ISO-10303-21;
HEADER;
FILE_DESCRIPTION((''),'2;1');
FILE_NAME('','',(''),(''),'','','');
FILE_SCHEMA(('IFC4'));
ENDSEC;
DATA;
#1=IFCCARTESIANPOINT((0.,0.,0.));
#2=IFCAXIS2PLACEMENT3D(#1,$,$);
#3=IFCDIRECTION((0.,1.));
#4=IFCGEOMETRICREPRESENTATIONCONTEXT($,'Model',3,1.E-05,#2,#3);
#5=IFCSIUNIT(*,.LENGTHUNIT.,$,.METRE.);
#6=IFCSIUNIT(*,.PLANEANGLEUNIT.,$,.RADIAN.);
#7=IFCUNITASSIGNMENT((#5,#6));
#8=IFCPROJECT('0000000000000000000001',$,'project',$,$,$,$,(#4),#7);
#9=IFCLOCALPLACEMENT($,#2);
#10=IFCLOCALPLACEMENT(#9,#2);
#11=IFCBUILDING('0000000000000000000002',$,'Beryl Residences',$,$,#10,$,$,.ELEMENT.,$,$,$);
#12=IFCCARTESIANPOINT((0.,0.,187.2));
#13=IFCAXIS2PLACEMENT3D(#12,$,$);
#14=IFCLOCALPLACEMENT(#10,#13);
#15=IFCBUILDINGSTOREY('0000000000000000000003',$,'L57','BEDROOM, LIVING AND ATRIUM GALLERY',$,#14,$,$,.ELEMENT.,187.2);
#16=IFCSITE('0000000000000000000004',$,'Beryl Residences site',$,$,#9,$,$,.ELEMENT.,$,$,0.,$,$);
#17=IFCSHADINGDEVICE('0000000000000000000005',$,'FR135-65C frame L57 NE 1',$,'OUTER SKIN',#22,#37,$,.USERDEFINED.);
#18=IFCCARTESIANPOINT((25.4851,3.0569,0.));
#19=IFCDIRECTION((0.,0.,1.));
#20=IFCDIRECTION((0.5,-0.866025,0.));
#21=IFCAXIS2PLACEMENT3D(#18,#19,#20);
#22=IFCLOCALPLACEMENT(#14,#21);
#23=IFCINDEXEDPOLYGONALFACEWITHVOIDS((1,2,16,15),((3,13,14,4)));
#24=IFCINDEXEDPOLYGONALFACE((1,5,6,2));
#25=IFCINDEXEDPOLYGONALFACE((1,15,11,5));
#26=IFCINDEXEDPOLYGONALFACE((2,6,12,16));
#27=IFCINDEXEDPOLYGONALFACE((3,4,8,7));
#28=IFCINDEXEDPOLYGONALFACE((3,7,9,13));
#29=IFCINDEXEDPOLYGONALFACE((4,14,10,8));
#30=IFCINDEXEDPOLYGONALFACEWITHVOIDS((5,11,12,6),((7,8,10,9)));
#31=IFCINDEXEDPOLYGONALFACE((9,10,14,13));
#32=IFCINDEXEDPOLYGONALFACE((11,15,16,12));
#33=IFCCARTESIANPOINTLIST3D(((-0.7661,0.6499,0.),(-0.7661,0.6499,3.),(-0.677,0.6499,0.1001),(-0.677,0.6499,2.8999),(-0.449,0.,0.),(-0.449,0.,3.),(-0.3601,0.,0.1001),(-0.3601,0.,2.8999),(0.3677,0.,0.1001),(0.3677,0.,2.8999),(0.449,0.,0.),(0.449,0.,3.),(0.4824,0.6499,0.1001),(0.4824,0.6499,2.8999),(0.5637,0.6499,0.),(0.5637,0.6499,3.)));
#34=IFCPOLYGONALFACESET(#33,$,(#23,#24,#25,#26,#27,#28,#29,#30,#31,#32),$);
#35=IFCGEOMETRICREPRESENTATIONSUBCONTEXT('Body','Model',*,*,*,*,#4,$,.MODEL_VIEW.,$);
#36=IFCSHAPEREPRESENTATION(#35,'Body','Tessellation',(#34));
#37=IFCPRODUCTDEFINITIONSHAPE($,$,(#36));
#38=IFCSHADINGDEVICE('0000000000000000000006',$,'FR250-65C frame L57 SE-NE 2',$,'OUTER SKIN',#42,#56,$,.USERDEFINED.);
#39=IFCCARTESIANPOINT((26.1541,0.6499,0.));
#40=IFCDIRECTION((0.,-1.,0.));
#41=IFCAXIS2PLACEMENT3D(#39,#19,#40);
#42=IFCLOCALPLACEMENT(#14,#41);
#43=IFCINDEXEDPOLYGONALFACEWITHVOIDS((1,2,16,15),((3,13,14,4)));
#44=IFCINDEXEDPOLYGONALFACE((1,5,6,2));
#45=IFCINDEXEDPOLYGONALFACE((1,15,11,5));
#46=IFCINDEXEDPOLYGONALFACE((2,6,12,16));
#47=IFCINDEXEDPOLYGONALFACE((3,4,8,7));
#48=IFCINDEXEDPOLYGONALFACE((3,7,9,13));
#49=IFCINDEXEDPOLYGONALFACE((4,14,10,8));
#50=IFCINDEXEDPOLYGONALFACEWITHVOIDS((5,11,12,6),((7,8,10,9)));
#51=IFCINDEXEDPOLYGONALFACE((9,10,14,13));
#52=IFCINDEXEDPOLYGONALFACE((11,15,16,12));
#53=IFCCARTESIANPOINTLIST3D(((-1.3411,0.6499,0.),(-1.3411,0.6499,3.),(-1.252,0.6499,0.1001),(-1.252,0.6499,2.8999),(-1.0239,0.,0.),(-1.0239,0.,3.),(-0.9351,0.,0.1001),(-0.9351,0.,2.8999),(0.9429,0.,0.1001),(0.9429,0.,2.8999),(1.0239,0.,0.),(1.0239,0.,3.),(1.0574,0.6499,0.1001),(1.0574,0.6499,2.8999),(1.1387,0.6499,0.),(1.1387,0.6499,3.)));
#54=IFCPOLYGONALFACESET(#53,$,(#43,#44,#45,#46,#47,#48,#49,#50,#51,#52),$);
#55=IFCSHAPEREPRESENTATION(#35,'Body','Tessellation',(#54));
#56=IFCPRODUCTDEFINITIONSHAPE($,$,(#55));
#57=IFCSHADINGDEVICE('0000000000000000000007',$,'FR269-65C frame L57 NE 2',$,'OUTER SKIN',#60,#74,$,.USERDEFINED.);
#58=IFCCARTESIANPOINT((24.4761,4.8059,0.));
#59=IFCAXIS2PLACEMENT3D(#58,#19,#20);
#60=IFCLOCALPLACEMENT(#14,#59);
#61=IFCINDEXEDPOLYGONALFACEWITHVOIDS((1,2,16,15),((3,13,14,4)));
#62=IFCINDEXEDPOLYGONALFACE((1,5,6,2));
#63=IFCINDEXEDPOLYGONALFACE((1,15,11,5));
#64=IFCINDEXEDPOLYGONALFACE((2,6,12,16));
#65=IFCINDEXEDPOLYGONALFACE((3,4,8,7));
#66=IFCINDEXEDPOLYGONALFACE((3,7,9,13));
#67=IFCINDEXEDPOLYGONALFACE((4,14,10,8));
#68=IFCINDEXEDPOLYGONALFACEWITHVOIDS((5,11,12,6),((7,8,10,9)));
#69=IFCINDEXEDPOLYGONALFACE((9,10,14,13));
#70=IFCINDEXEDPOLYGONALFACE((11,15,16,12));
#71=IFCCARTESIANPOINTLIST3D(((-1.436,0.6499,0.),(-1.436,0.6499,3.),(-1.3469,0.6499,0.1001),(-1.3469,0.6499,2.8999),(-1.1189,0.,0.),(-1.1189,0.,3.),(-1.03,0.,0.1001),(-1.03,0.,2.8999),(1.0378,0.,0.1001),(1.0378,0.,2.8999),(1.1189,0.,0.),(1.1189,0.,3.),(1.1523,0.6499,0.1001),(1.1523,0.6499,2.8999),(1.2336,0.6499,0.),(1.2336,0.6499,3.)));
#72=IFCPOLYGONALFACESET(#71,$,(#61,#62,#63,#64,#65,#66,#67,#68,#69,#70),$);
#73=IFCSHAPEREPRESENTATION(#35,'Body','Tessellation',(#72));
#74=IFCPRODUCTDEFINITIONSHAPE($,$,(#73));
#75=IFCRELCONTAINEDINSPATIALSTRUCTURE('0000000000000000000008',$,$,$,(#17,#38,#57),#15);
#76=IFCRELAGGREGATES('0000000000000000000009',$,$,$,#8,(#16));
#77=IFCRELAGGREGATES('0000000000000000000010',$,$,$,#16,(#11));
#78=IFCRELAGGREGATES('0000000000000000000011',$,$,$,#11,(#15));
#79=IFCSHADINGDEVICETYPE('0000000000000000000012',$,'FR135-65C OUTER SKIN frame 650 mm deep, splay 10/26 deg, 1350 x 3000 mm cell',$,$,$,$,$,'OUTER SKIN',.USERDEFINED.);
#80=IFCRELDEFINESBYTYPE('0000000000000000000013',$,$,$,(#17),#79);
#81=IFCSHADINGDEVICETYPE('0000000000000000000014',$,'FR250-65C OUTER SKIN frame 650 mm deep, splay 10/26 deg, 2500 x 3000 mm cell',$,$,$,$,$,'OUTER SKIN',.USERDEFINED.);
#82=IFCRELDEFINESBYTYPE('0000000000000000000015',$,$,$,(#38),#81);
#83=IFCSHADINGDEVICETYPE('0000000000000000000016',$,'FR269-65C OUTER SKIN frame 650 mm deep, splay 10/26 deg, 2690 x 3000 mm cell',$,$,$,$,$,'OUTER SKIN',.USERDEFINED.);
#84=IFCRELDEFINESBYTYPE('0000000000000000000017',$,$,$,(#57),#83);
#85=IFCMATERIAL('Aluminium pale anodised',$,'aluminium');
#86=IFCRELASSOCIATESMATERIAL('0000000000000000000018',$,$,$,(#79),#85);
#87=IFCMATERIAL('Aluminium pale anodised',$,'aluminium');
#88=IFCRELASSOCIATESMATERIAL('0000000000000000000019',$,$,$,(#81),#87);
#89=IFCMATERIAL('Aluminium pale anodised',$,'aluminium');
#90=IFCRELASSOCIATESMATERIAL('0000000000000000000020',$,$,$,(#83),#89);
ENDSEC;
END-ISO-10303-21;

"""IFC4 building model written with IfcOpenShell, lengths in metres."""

from ifc_helpers import new_model, entity, si_unit, direction, frame, origin, place, context, subcontext, project, spatial, source, transform, mapped, material, type_object, type_shapes, element, save


model = new_model("IFC4")

# Units and contexts
model_context = context("Model", 3, precision=1e-05, world=origin(), true_north=direction((0.0, 1.0)))
body_context = subcontext(model_context, "Body", "Model", "MODEL_VIEW")
ifc_project = project(units=[si_unit("LENGTHUNIT", "METRE"), si_unit("PLANEANGLEUNIT", "RADIAN")], contexts=[model_context])

# Site, building, storey
site_placement = place(None, origin())
site = spatial("IfcSite", under=ifc_project, at=site_placement, Name="Beryl Residences site", CompositionType="ELEMENT", RefElevation=0.0)
building_placement = place(site_placement, origin())
building = spatial("IfcBuilding", under=site, at=building_placement, Name="Beryl Residences", CompositionType="ELEMENT")
storey_placement = place(building_placement, frame((0.0, 0.0, 187.2)))
storey = spatial("IfcBuildingStorey", under=building, at=storey_placement, Name="L57", Description="BEDROOM, LIVING AND ATRIUM GALLERY", CompositionType="ELEMENT", Elevation=187.2)

# Shading devices
ifc_material_1 = material(Name="Aluminium pale anodised", Category="aluminium")
shading_device_type_1 = type_object("IfcShadingDeviceType", Name="FR135-65C OUTER SKIN frame 650 mm deep, splay 10/26 deg, 1350 x 3000 mm cell", ElementType="OUTER SKIN", PredefinedType="USERDEFINED", material=ifc_material_1)
cartesian_point_1 = entity("IfcCartesianPoint", [-0.449, 0.0])
cartesian_point_2 = entity("IfcCartesianPoint", [-0.3677, 0.1001])
cartesian_point_3 = entity("IfcCartesianPoint", [-0.5637, 0.0])
cartesian_point_4 = entity("IfcCartesianPoint", [-0.4824, 0.1001])
shared_shape_1 = source(origin(), body_context, "Body", "SweptSolid", [
    entity("IfcExtrudedAreaSolidTapered", entity("IfcArbitraryProfileDefWithVoids", "AREA", None, entity("IfcPolyline", [cartesian_point_1, entity("IfcCartesianPoint", [0.449, 0.0]), entity("IfcCartesianPoint", [0.449, 3.0]), entity("IfcCartesianPoint", [-0.449, 3.0]), cartesian_point_1]), [entity("IfcPolyline", [cartesian_point_2, entity("IfcCartesianPoint", [0.3601, 0.1001]), entity("IfcCartesianPoint", [0.3601, 2.8999]), entity("IfcCartesianPoint", [-0.3677, 2.8999]), cartesian_point_2])]), entity("IfcAxis2Placement3D", entity("IfcCartesianPoint", [0.0, 0.0, 0.0]), entity("IfcDirection", [0.0, 1.0, 0.0]), entity("IfcDirection", [-1.0, 0.0, 0.0])), entity("IfcDirection", [0.0, 0.0, 1.0]), 0.6499, entity("IfcArbitraryProfileDefWithVoids", "AREA", None, entity("IfcPolyline", [cartesian_point_3, entity("IfcCartesianPoint", [0.7661, 0.0]), entity("IfcCartesianPoint", [0.7661, 3.0]), entity("IfcCartesianPoint", [-0.5637, 3.0]), cartesian_point_3]), [entity("IfcPolyline", [cartesian_point_4, entity("IfcCartesianPoint", [0.677, 0.1001]), entity("IfcCartesianPoint", [0.677, 2.8999]), entity("IfcCartesianPoint", [-0.4824, 2.8999]), cartesian_point_4])])),
])
type_shapes(shading_device_type_1, [shared_shape_1])
shading_device_1_placement = place(storey_placement, frame((25.4851, 3.0569, 0.0), z_axis=(0.0, 0.0, 1.0), x_axis=(0.5, -0.866025, 0.0)))
element("IfcShadingDevice", 1, at=shading_device_1_placement, inside=storey, type_object=shading_device_type_1, Name="FR135-65C frame L57 NE 1", ObjectType="OUTER SKIN", PredefinedType="USERDEFINED", context=body_context, shape_type="MappedRepresentation", body=[
    mapped(shared_shape_1, transform((0.0, 0.0, 0.0))),
])
ifc_material_2 = material(Name="Aluminium pale anodised", Category="aluminium")
shading_device_type_2 = type_object("IfcShadingDeviceType", Name="FR250-65C OUTER SKIN frame 650 mm deep, splay 10/26 deg, 2500 x 3000 mm cell", ElementType="OUTER SKIN", PredefinedType="USERDEFINED", material=ifc_material_2)
cartesian_point_5 = entity("IfcCartesianPoint", [-1.0239, 0.0])
cartesian_point_6 = entity("IfcCartesianPoint", [-0.9429, 0.1001])
cartesian_point_7 = entity("IfcCartesianPoint", [-1.1387, 0.0])
cartesian_point_8 = entity("IfcCartesianPoint", [-1.0574, 0.1001])
shared_shape_2 = source(origin(), body_context, "Body", "SweptSolid", [
    entity("IfcExtrudedAreaSolidTapered", entity("IfcArbitraryProfileDefWithVoids", "AREA", None, entity("IfcPolyline", [cartesian_point_5, entity("IfcCartesianPoint", [1.0239, 0.0]), entity("IfcCartesianPoint", [1.0239, 3.0]), entity("IfcCartesianPoint", [-1.0239, 3.0]), cartesian_point_5]), [entity("IfcPolyline", [cartesian_point_6, entity("IfcCartesianPoint", [0.9351, 0.1001]), entity("IfcCartesianPoint", [0.9351, 2.8999]), entity("IfcCartesianPoint", [-0.9429, 2.8999]), cartesian_point_6])]), entity("IfcAxis2Placement3D", entity("IfcCartesianPoint", [0.0, 0.0, 0.0]), entity("IfcDirection", [0.0, 1.0, 0.0]), entity("IfcDirection", [-1.0, 0.0, 0.0])), entity("IfcDirection", [0.0, 0.0, 1.0]), 0.6499, entity("IfcArbitraryProfileDefWithVoids", "AREA", None, entity("IfcPolyline", [cartesian_point_7, entity("IfcCartesianPoint", [1.3411, 0.0]), entity("IfcCartesianPoint", [1.3411, 3.0]), entity("IfcCartesianPoint", [-1.1387, 3.0]), cartesian_point_7]), [entity("IfcPolyline", [cartesian_point_8, entity("IfcCartesianPoint", [1.252, 0.1001]), entity("IfcCartesianPoint", [1.252, 2.8999]), entity("IfcCartesianPoint", [-1.0574, 2.8999]), cartesian_point_8])])),
])
type_shapes(shading_device_type_2, [shared_shape_2])
shading_device_2_placement = place(storey_placement, frame((26.1541, 0.6499, 0.0), z_axis=(0.0, 0.0, 1.0), x_axis=(0.0, -1.0, 0.0)))
element("IfcShadingDevice", 2, at=shading_device_2_placement, inside=storey, type_object=shading_device_type_2, Name="FR250-65C frame L57 SE-NE 2", ObjectType="OUTER SKIN", PredefinedType="USERDEFINED", context=body_context, shape_type="MappedRepresentation", body=[
    mapped(shared_shape_2, transform((0.0, 0.0, 0.0))),
])
ifc_material_3 = material(Name="Aluminium pale anodised", Category="aluminium")
shading_device_type_3 = type_object("IfcShadingDeviceType", Name="FR269-65C OUTER SKIN frame 650 mm deep, splay 10/26 deg, 2690 x 3000 mm cell", ElementType="OUTER SKIN", PredefinedType="USERDEFINED", material=ifc_material_3)
cartesian_point_9 = entity("IfcCartesianPoint", [-1.1189, 0.0])
cartesian_point_10 = entity("IfcCartesianPoint", [-1.0378, 0.1001])
cartesian_point_11 = entity("IfcCartesianPoint", [-1.2336, 0.0])
cartesian_point_12 = entity("IfcCartesianPoint", [-1.1523, 0.1001])
shared_shape_3 = source(origin(), body_context, "Body", "SweptSolid", [
    entity("IfcExtrudedAreaSolidTapered", entity("IfcArbitraryProfileDefWithVoids", "AREA", None, entity("IfcPolyline", [cartesian_point_9, entity("IfcCartesianPoint", [1.1189, 0.0]), entity("IfcCartesianPoint", [1.1189, 3.0]), entity("IfcCartesianPoint", [-1.1189, 3.0]), cartesian_point_9]), [entity("IfcPolyline", [cartesian_point_10, entity("IfcCartesianPoint", [1.03, 0.1001]), entity("IfcCartesianPoint", [1.03, 2.8999]), entity("IfcCartesianPoint", [-1.0378, 2.8999]), cartesian_point_10])]), entity("IfcAxis2Placement3D", entity("IfcCartesianPoint", [0.0, 0.0, 0.0]), entity("IfcDirection", [0.0, 1.0, 0.0]), entity("IfcDirection", [-1.0, 0.0, 0.0])), entity("IfcDirection", [0.0, 0.0, 1.0]), 0.6499, entity("IfcArbitraryProfileDefWithVoids", "AREA", None, entity("IfcPolyline", [cartesian_point_11, entity("IfcCartesianPoint", [1.436, 0.0]), entity("IfcCartesianPoint", [1.436, 3.0]), entity("IfcCartesianPoint", [-1.2336, 3.0]), cartesian_point_11]), [entity("IfcPolyline", [cartesian_point_12, entity("IfcCartesianPoint", [1.3469, 0.1001]), entity("IfcCartesianPoint", [1.3469, 2.8999]), entity("IfcCartesianPoint", [-1.1523, 2.8999]), cartesian_point_12])])),
])
type_shapes(shading_device_type_3, [shared_shape_3])
shading_device_3_placement = place(storey_placement, frame((24.4761, 4.8059, 0.0), z_axis=(0.0, 0.0, 1.0), x_axis=(0.5, -0.866025, 0.0)))
element("IfcShadingDevice", 3, at=shading_device_3_placement, inside=storey, type_object=shading_device_type_3, Name="FR269-65C frame L57 NE 2", ObjectType="OUTER SKIN", PredefinedType="USERDEFINED", context=body_context, shape_type="MappedRepresentation", body=[
    mapped(shared_shape_3, transform((0.0, 0.0, 0.0))),
])

save(model, "model.ifc")
